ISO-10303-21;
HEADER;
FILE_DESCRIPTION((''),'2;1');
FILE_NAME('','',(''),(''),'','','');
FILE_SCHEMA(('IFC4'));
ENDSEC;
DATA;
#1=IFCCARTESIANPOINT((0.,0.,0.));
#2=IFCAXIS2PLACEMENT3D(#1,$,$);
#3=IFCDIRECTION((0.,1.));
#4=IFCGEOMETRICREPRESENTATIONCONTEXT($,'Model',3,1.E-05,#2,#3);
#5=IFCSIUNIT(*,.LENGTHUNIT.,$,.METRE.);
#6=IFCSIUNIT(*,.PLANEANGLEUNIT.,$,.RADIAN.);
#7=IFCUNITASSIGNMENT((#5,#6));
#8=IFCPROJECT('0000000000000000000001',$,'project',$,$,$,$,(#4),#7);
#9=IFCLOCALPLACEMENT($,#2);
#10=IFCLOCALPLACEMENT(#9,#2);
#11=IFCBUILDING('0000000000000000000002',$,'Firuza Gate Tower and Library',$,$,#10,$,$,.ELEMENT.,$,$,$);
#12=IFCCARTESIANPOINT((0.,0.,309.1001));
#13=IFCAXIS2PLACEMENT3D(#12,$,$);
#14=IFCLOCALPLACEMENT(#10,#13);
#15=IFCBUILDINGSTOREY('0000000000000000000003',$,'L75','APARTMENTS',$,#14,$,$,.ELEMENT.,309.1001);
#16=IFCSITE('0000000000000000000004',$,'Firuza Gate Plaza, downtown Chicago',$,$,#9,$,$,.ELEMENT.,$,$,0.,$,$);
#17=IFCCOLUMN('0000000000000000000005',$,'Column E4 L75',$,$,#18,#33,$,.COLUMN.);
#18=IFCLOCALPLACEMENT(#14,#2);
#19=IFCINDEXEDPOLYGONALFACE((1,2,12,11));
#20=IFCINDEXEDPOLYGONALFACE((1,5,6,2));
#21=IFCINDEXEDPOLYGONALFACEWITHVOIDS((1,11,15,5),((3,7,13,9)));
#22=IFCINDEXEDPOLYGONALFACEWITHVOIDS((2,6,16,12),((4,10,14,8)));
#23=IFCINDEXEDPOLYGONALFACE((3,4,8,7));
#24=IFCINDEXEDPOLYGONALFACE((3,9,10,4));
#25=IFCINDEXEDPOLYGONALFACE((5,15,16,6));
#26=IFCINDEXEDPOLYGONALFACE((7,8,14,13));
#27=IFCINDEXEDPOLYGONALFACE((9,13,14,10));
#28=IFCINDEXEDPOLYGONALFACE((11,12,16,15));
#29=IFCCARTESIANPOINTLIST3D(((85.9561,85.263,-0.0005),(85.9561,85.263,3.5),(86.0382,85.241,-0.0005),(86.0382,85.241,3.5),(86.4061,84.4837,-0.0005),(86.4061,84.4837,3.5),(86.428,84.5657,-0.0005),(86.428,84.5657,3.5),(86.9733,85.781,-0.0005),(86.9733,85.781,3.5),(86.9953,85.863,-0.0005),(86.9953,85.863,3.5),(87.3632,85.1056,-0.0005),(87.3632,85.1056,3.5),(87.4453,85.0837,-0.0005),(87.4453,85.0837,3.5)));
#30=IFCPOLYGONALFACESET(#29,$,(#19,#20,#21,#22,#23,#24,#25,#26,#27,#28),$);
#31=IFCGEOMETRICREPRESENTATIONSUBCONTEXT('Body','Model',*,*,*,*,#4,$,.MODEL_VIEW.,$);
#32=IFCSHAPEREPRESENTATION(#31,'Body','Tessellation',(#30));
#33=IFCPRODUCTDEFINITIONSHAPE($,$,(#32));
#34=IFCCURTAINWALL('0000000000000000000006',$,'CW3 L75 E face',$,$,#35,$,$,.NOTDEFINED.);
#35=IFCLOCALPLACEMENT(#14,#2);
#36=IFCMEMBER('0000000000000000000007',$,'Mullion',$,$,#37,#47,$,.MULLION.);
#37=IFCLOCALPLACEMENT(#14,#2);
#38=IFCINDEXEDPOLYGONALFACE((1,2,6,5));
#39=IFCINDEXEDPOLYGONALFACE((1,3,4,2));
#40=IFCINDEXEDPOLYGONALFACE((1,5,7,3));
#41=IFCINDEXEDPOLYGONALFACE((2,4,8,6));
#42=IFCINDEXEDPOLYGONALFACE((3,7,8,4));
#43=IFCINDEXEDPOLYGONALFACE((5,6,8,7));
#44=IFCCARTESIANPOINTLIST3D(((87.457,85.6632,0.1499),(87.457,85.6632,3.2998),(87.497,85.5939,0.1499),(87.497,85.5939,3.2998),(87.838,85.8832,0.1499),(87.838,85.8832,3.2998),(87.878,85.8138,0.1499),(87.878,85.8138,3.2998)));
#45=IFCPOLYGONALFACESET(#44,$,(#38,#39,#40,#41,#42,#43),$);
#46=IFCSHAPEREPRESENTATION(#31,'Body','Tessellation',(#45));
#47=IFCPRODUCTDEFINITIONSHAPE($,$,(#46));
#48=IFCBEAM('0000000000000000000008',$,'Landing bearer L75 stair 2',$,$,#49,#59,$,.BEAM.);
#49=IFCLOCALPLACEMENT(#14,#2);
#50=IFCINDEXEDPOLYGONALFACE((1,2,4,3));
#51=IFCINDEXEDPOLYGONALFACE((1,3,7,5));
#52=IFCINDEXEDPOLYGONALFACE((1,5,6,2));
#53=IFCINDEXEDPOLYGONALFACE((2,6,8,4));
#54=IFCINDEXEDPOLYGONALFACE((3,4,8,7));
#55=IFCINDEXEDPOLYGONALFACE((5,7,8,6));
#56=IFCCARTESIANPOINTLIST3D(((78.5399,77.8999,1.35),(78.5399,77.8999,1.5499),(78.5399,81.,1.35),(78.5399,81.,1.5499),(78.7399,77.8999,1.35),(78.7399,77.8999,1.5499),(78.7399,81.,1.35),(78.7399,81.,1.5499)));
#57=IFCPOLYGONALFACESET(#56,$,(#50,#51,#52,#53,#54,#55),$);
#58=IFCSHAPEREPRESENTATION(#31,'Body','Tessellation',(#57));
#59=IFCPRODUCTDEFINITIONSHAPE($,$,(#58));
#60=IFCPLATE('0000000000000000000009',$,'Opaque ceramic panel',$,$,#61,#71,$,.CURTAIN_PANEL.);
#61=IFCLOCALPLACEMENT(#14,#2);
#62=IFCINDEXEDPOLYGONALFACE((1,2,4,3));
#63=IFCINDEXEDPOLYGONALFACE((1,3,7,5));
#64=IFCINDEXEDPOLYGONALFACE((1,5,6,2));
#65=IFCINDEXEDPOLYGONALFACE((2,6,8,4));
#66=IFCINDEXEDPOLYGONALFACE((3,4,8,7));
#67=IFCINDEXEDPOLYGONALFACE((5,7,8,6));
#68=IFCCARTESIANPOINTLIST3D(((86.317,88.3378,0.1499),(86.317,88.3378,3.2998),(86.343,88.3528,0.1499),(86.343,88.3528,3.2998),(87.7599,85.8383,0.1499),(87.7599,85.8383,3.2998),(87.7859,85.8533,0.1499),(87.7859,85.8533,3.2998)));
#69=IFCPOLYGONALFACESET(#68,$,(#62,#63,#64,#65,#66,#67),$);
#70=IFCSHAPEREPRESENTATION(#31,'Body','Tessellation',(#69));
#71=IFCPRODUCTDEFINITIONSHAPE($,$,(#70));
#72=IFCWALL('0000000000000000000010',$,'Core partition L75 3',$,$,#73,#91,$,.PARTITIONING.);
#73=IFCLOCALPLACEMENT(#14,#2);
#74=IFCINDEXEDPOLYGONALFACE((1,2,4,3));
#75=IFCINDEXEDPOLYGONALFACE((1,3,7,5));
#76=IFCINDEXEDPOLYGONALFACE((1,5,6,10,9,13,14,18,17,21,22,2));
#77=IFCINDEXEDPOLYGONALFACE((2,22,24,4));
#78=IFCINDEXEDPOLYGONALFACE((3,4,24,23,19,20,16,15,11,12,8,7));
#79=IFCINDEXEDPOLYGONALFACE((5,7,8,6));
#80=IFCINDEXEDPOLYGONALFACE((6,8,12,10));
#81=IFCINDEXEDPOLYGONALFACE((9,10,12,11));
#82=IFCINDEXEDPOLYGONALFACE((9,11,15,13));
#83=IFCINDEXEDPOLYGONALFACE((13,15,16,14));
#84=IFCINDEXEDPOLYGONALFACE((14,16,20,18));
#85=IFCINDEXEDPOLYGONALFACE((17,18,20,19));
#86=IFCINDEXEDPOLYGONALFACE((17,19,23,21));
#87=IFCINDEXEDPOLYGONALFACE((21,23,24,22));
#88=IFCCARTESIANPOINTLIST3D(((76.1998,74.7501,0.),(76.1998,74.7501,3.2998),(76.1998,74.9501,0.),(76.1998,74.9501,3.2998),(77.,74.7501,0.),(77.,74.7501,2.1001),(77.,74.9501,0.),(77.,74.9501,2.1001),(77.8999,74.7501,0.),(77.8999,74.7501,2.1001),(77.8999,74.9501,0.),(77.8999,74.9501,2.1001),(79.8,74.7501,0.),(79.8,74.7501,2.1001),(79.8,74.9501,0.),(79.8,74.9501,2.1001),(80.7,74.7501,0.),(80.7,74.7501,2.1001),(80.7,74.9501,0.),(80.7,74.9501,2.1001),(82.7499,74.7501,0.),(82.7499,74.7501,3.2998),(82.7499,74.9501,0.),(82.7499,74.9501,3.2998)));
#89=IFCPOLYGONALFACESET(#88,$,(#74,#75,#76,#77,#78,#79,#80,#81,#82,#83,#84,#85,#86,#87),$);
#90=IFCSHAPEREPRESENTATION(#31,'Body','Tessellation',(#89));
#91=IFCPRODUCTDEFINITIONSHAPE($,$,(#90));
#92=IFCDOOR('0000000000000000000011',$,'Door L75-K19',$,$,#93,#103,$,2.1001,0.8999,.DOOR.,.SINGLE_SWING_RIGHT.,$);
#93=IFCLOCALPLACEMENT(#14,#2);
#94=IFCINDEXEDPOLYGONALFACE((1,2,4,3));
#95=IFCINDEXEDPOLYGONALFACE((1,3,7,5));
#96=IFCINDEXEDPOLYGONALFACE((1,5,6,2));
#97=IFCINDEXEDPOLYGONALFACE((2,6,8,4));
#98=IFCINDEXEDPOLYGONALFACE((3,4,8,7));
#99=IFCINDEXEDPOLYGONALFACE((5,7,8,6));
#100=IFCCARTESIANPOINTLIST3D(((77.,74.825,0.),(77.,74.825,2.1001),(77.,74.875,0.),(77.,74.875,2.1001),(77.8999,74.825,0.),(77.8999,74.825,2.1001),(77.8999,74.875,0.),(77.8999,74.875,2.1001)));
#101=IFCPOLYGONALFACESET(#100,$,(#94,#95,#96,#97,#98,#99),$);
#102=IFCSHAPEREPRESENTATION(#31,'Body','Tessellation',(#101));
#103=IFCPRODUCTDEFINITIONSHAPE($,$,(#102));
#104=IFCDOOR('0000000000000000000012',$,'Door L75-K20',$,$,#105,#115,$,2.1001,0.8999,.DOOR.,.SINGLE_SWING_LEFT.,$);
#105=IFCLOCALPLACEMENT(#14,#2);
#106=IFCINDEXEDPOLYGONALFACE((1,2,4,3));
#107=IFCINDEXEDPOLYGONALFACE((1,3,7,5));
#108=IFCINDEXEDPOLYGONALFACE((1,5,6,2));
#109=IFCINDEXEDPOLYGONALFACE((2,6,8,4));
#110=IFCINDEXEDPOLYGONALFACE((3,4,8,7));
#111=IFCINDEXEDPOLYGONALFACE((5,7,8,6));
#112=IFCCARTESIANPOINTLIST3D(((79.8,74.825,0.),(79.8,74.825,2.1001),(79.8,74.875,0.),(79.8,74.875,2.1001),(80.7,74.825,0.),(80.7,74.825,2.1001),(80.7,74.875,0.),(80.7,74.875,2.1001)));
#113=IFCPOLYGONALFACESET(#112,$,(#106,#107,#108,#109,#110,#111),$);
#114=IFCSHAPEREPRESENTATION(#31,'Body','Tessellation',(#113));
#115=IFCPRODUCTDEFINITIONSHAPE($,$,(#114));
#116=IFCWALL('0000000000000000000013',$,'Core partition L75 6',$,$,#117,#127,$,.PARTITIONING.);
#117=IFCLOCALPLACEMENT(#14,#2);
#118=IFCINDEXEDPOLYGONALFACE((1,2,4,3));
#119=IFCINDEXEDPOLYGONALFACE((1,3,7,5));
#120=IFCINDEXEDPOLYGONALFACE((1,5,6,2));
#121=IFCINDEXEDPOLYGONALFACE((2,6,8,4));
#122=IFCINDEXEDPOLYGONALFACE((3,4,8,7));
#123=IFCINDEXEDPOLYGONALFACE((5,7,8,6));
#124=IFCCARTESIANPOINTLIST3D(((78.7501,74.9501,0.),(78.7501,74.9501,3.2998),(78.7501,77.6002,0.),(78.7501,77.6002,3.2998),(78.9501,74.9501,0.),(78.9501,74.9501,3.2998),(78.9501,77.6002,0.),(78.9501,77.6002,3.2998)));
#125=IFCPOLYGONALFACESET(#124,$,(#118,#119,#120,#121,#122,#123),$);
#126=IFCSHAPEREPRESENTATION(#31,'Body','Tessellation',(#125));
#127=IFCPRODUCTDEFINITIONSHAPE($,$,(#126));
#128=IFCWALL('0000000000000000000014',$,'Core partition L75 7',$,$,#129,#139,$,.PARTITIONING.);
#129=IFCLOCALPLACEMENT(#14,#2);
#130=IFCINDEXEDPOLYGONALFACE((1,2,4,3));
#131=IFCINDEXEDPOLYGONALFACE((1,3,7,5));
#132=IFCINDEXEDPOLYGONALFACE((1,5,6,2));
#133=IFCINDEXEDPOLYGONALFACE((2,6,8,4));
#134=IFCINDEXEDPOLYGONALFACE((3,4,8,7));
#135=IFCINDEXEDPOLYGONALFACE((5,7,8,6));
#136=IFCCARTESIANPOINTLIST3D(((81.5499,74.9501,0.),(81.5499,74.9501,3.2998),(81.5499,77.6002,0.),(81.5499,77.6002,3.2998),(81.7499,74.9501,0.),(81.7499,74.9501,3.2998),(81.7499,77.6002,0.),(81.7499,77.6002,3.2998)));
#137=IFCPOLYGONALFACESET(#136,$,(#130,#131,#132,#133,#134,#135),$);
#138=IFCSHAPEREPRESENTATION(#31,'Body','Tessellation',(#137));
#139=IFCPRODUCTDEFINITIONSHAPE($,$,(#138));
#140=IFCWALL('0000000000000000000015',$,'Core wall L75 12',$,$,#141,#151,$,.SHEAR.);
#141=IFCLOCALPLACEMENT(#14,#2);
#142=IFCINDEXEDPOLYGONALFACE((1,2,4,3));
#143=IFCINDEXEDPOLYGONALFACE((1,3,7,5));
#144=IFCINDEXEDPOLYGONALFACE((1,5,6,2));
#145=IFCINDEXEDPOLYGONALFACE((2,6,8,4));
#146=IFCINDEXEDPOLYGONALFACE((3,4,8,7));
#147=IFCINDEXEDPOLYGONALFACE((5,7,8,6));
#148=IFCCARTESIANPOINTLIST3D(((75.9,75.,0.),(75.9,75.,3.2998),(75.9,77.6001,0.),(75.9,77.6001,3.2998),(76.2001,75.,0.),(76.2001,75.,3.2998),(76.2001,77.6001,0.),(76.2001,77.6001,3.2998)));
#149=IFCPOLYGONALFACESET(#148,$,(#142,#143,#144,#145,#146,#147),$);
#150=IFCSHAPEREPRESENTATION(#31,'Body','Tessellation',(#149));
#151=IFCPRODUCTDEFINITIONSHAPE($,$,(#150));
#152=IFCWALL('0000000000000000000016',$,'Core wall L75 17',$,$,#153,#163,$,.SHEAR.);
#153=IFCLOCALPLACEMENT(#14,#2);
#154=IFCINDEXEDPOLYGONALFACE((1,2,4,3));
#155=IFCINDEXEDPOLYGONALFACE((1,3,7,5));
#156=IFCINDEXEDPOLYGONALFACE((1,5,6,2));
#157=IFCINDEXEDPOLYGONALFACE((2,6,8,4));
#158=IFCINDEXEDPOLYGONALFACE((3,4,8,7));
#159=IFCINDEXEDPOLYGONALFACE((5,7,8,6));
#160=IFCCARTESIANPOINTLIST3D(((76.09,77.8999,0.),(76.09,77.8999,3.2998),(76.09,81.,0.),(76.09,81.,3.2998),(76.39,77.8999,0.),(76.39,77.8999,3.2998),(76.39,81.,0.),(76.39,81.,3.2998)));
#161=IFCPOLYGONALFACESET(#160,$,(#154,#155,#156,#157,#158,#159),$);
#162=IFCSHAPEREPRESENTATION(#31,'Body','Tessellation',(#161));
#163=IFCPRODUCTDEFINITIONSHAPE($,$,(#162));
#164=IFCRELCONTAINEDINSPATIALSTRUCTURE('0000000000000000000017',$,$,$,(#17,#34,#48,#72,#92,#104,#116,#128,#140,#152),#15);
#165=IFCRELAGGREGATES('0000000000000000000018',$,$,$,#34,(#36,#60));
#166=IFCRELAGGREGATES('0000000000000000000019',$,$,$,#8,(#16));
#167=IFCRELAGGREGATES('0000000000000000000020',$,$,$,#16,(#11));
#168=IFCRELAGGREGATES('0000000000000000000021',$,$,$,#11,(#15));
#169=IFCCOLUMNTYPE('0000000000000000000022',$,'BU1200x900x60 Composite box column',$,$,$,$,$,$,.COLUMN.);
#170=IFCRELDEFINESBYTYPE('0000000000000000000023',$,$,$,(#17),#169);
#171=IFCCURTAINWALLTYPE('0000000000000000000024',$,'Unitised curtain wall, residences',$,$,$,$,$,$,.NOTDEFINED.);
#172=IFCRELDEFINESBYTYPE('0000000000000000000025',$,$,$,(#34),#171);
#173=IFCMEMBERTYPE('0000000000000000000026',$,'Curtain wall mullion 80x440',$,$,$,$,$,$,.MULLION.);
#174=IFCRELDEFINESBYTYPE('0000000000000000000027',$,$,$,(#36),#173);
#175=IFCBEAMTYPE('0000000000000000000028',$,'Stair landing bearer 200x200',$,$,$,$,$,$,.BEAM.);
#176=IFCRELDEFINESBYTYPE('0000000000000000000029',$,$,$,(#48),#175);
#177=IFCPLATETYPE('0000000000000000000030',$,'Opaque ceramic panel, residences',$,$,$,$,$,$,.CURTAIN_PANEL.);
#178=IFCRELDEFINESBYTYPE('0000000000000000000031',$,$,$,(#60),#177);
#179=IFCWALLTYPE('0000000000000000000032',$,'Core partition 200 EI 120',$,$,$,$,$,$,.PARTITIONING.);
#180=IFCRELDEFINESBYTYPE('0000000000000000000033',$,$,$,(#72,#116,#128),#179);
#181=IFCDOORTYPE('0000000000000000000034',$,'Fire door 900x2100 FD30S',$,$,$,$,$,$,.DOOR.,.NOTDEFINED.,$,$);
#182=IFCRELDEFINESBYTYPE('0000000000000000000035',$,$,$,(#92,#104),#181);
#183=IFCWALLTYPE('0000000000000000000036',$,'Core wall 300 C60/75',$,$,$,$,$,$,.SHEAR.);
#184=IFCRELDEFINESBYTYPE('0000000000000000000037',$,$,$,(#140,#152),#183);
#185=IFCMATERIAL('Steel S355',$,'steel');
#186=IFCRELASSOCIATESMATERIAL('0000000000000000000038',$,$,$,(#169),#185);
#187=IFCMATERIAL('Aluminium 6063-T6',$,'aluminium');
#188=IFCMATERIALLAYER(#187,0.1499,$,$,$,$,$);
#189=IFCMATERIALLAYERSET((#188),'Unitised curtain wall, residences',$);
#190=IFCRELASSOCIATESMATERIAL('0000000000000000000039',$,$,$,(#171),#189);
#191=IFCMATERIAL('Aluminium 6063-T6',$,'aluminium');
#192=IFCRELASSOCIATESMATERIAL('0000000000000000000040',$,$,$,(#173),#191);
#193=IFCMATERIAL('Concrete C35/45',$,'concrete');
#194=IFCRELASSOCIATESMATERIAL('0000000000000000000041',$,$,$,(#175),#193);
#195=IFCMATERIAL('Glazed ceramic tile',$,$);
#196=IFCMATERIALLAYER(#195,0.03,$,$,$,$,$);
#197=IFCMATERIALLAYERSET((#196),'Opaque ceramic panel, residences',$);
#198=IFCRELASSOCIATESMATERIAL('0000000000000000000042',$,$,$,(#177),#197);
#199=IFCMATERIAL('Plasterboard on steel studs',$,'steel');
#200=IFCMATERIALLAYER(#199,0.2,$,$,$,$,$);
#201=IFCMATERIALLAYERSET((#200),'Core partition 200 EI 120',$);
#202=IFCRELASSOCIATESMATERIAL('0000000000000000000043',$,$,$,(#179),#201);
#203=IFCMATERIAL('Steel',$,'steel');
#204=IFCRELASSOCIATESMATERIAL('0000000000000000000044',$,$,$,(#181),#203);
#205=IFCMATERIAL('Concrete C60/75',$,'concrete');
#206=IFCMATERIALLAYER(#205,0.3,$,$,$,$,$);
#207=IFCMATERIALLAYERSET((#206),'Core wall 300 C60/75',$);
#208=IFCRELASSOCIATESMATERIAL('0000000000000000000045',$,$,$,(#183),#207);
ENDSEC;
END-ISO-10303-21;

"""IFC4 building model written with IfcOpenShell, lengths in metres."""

from ifc_helpers import new_model, si_unit, direction, frame, frame_2d, origin, origin_2d, place, context, subcontext, project, spatial, polyline, rectangle, hollow_rectangle, outline, extrude, material, layer, layer_set, material_profile, profile_set, type_object, element, fill, aggregate, save


model = new_model("IFC4")

# Units and contexts
model_context = context("Model", 3, precision=1e-05, world=origin(), true_north=direction((0.0, 1.0)))
body_context = subcontext(model_context, "Body", "Model", "MODEL_VIEW")
ifc_project = project(units=[si_unit("LENGTHUNIT", "METRE"), si_unit("PLANEANGLEUNIT", "RADIAN")], contexts=[model_context])

# Site, building, storey
site_placement = place(None, origin())
site = spatial("IfcSite", under=ifc_project, at=site_placement, Name="Firuza Gate Plaza, downtown Chicago", CompositionType="ELEMENT", RefElevation=0.0)
building_placement = place(site_placement, origin())
building = spatial("IfcBuilding", under=site, at=building_placement, Name="Firuza Gate Tower and Library", CompositionType="ELEMENT")
storey_placement = place(building_placement, frame((0.0, 0.0, 309.1001)))
storey = spatial("IfcBuildingStorey", under=building, at=storey_placement, Name="L75", Description="APARTMENTS", CompositionType="ELEMENT", Elevation=309.1001)

# Column
ifc_material_1 = material(Name="Steel S355", Category="steel")
ifc_material_profile_1 = material_profile(ifc_material_1, hollow_rectangle(XDim=0.8999, YDim=1.2, WallThickness=0.0601, at=origin_2d()))
ifc_profile_set_1 = profile_set([ifc_material_profile_1], Name="Steel S355")
column_type = type_object("IfcColumnType", Name="BU1200x900x60 Composite box column", PredefinedType="COLUMN", material=ifc_profile_set_1)
column_placement = place(storey_placement, frame((86.7007, 85.1733, -0.0005), z_axis=(0.0, 0.0, 1.0), x_axis=(-0.5, 0.866025, 0.0)))
element("IfcColumn", 1, at=column_placement, inside=storey, type_object=column_type, Name="Column E4 L75", PredefinedType="COLUMN", context=body_context, shape_type="SweptSolid", body=[
    extrude(hollow_rectangle(XDim=0.8999, YDim=1.2, WallThickness=0.0601, at=origin_2d()), origin(), (0.0, 0.0, 1.0), 3.5005),
])

# Curtain wall, member
ifc_material_2 = material(Name="Aluminium 6063-T6", Category="aluminium")
ifc_layer_1 = layer(ifc_material_2, 0.1499)
ifc_layer_set_1 = layer_set([ifc_layer_1], Name="Unitised curtain wall, residences")
curtain_wall_type = type_object("IfcCurtainWallType", Name="Unitised curtain wall, residences", PredefinedType="NOTDEFINED", material=ifc_layer_set_1)
placement = place(storey_placement, origin())
curtain_wall = element("IfcCurtainWall", 2, at=placement, inside=storey, type_object=curtain_wall_type, Name="CW3 L75 E face", PredefinedType="NOTDEFINED")
ifc_material_3 = material(Name="Aluminium 6063-T6", Category="aluminium")
ifc_material_profile_2 = material_profile(ifc_material_3, rectangle(XDim=0.4399, YDim=0.0801, at=origin_2d()))
ifc_profile_set_2 = profile_set([ifc_material_profile_2], Name="Aluminium 6063-T6")
member_type = type_object("IfcMemberType", Name="Curtain wall mullion 80x440", PredefinedType="MULLION", material=ifc_profile_set_2)
member_placement = place(storey_placement, frame((87.6675, 85.7385, 0.1499), z_axis=(0.0, 0.0, 1.0), x_axis=(-0.866025, -0.5, 0.0)))
member = element("IfcMember", 3, at=member_placement, type_object=member_type, Name="Mullion", PredefinedType="MULLION", context=body_context, shape_type="SweptSolid", body=[
    extrude(rectangle(XDim=0.4399, YDim=0.0801, at=origin_2d()), origin(), (0.0, 0.0, 1.0), 3.1499),
])

# Beam
ifc_material_4 = material(Name="Concrete C35/45", Category="concrete")
ifc_material_profile_3 = material_profile(ifc_material_4, rectangle(XDim=0.2, YDim=0.2, at=origin_2d()))
ifc_profile_set_3 = profile_set([ifc_material_profile_3], Name="Concrete C35/45")
beam_type = type_object("IfcBeamType", Name="Stair landing bearer 200x200", PredefinedType="BEAM", material=ifc_profile_set_3)
beam_placement = place(storey_placement, frame((78.6399, 81.0, 1.45), z_axis=(0.0, -1.0, 0.0), x_axis=(1.0, 0.0, 0.0)))
element("IfcBeam", 4, at=beam_placement, inside=storey, type_object=beam_type, Name="Landing bearer L75 stair 2", PredefinedType="BEAM", context=body_context, shape_type="SweptSolid", body=[
    extrude(rectangle(XDim=0.2, YDim=0.2, at=origin_2d()), origin(), (0.0, 0.0, 1.0), 3.1001),
])

# Plate
ifc_material_5 = material(Name="Glazed ceramic tile")
ifc_layer_2 = layer(ifc_material_5, 0.03)
ifc_layer_set_2 = layer_set([ifc_layer_2], Name="Opaque ceramic panel, residences")
plate_type = type_object("IfcPlateType", Name="Opaque ceramic panel, residences", PredefinedType="CURTAIN_PANEL", material=ifc_layer_set_2)
plate_placement = place(storey_placement, frame((87.7859, 85.8533, 0.1499), z_axis=(0.866059, 0.499942, 0.0), x_axis=(-0.499942, 0.866059, 0.0)))
plate = element("IfcPlate", 5, at=plate_placement, type_object=plate_type, Name="Opaque ceramic panel", PredefinedType="CURTAIN_PANEL", context=body_context, shape_type="SweptSolid", body=[
    extrude(outline(polyline([(0.0, 0.0), (2.8861, 0.0), (2.8861, 3.1499), (0.0, 3.1499), (0.0, 0.0)])), origin(), (0.0, 0.0, -1.0), 0.03),
])
aggregate(curtain_wall, [member, plate])

# Wall, openings, doors
ifc_material_6 = material(Name="Plasterboard on steel studs", Category="steel")
ifc_layer_3 = layer(ifc_material_6, 0.2)
ifc_layer_set_3 = layer_set([ifc_layer_3], Name="Core partition 200 EI 120")
wall_type_1 = type_object("IfcWallType", Name="Core partition 200 EI 120", PredefinedType="PARTITIONING", material=ifc_layer_set_3)
wall_1_placement = place(storey_placement, frame((76.2, 74.8501, 0.0), z_axis=(0.0, 0.0, 1.0), x_axis=(1.0, 0.0, 0.0)))
wall_1 = element("IfcWall", 6, at=wall_1_placement, inside=storey, type_object=wall_type_1, Name="Core partition L75 3", PredefinedType="PARTITIONING", context=body_context, shape_type="SweptSolid", body=[
    extrude(rectangle(XDim=6.55, YDim=0.2, at=frame_2d((3.2749, 0.0))), origin(), (0.0, 0.0, 1.0), 3.2998),
])
opening_1_placement = place(wall_1_placement, frame((0.8, 0.0, 0.0)))
opening_1 = element("IfcOpeningElement", 7, at=opening_1_placement, cuts=wall_1, PredefinedType="OPENING", context=body_context, shape_type="SweptSolid", body=[
    extrude(rectangle(XDim=0.8999, YDim=2.1001, at=frame_2d((0.45, 1.05))), frame((0.0, 0.1099, 0.0), z_axis=(0.0, -1.0, 0.0), x_axis=(1.0, 0.0, 0.0)), (0.0, 0.0, 1.0), 0.22),
])
opening_2_placement = place(wall_1_placement, frame((3.6001, 0.0, 0.0)))
opening_2 = element("IfcOpeningElement", 8, at=opening_2_placement, cuts=wall_1, PredefinedType="OPENING", context=body_context, shape_type="SweptSolid", body=[
    extrude(rectangle(XDim=0.8999, YDim=2.1001, at=frame_2d((0.45, 1.05))), frame((0.0, 0.1099, 0.0), z_axis=(0.0, -1.0, 0.0), x_axis=(1.0, 0.0, 0.0)), (0.0, 0.0, 1.0), 0.22),
])
ifc_material_7 = material(Name="Steel", Category="steel")
door_type_1 = type_object("IfcDoorType", Name="Fire door 900x2100 FD30S", OperationType="NOTDEFINED", PredefinedType="DOOR", material=ifc_material_7)
door_1_placement = place(opening_1_placement, origin())
door_1 = element("IfcDoor", 9, at=door_1_placement, inside=storey, type_object=door_type_1, Name="Door L75-K19", OperationType="SINGLE_SWING_RIGHT", OverallHeight=2.1001, OverallWidth=0.8999, PredefinedType="DOOR", context=body_context, shape_type="SweptSolid", body=[
    extrude(rectangle(XDim=0.8999, YDim=2.1001, at=frame_2d((0.45, 1.05))), frame((0.0, 0.0249, 0.0), z_axis=(0.0, -1.0, 0.0), x_axis=(1.0, 0.0, 0.0)), (0.0, 0.0, 1.0), 0.05),
])
fill(opening_1, door_1)
door_2_placement = place(opening_2_placement, origin())
door_2 = element("IfcDoor", 10, at=door_2_placement, inside=storey, type_object=door_type_1, Name="Door L75-K20", OperationType="SINGLE_SWING_LEFT", OverallHeight=2.1001, OverallWidth=0.8999, PredefinedType="DOOR", context=body_context, shape_type="SweptSolid", body=[
    extrude(rectangle(XDim=0.8999, YDim=2.1001, at=frame_2d((0.45, 1.05))), frame((0.0, 0.0249, 0.0), z_axis=(0.0, -1.0, 0.0), x_axis=(1.0, 0.0, 0.0)), (0.0, 0.0, 1.0), 0.05),
])
fill(opening_2, door_2)

# Walls
for number, where, z_axis, x_axis, name in (
    (11, (78.8501, 74.95, 0.0), (0.0, 0.0, 1.0), (0.0, 1.0, 0.0), "Core partition L75 6"),
    (12, (81.6499, 74.95, 0.0), (0.0, 0.0, 1.0), (0.0, 1.0, 0.0), "Core partition L75 7"),
):
    element("IfcWall", number, at=place(storey_placement, frame(where, z_axis=z_axis, x_axis=x_axis)), inside=storey, type_object=wall_type_1, Name=name, PredefinedType="PARTITIONING", context=body_context, shape_type="SweptSolid", body=[
        extrude(rectangle(XDim=2.6501, YDim=0.2, at=frame_2d((1.3252, 0.0))), origin(), (0.0, 0.0, 1.0), 3.2998),
    ])
ifc_material_8 = material(Name="Concrete C60/75", Category="concrete")
ifc_layer_4 = layer(ifc_material_8, 0.3)
ifc_layer_set_4 = layer_set([ifc_layer_4], Name="Core wall 300 C60/75")
wall_type_2 = type_object("IfcWallType", Name="Core wall 300 C60/75", PredefinedType="SHEAR", material=ifc_layer_set_4)
wall_2_placement = place(storey_placement, frame((76.05, 75.0, 0.0), z_axis=(0.0, 0.0, 1.0), x_axis=(0.0, 1.0, 0.0)))
element("IfcWall", 13, at=wall_2_placement, inside=storey, type_object=wall_type_2, Name="Core wall L75 12", PredefinedType="SHEAR", context=body_context, shape_type="SweptSolid", body=[
    extrude(rectangle(XDim=2.6001, YDim=0.3, at=frame_2d((1.3, 0.0))), origin(), (0.0, 0.0, 1.0), 3.2998),
])
wall_3_placement = place(storey_placement, frame((76.24, 77.8999, 0.0), z_axis=(0.0, 0.0, 1.0), x_axis=(0.0, 1.0, 0.0)))
element("IfcWall", 14, at=wall_3_placement, inside=storey, type_object=wall_type_2, Name="Core wall L75 17", PredefinedType="SHEAR", context=body_context, shape_type="SweptSolid", body=[
    extrude(rectangle(XDim=3.1001, YDim=0.3, at=frame_2d((1.55, 0.0))), origin(), (0.0, 0.0, 1.0), 3.2998),
])

save(model, "model.ifc")
